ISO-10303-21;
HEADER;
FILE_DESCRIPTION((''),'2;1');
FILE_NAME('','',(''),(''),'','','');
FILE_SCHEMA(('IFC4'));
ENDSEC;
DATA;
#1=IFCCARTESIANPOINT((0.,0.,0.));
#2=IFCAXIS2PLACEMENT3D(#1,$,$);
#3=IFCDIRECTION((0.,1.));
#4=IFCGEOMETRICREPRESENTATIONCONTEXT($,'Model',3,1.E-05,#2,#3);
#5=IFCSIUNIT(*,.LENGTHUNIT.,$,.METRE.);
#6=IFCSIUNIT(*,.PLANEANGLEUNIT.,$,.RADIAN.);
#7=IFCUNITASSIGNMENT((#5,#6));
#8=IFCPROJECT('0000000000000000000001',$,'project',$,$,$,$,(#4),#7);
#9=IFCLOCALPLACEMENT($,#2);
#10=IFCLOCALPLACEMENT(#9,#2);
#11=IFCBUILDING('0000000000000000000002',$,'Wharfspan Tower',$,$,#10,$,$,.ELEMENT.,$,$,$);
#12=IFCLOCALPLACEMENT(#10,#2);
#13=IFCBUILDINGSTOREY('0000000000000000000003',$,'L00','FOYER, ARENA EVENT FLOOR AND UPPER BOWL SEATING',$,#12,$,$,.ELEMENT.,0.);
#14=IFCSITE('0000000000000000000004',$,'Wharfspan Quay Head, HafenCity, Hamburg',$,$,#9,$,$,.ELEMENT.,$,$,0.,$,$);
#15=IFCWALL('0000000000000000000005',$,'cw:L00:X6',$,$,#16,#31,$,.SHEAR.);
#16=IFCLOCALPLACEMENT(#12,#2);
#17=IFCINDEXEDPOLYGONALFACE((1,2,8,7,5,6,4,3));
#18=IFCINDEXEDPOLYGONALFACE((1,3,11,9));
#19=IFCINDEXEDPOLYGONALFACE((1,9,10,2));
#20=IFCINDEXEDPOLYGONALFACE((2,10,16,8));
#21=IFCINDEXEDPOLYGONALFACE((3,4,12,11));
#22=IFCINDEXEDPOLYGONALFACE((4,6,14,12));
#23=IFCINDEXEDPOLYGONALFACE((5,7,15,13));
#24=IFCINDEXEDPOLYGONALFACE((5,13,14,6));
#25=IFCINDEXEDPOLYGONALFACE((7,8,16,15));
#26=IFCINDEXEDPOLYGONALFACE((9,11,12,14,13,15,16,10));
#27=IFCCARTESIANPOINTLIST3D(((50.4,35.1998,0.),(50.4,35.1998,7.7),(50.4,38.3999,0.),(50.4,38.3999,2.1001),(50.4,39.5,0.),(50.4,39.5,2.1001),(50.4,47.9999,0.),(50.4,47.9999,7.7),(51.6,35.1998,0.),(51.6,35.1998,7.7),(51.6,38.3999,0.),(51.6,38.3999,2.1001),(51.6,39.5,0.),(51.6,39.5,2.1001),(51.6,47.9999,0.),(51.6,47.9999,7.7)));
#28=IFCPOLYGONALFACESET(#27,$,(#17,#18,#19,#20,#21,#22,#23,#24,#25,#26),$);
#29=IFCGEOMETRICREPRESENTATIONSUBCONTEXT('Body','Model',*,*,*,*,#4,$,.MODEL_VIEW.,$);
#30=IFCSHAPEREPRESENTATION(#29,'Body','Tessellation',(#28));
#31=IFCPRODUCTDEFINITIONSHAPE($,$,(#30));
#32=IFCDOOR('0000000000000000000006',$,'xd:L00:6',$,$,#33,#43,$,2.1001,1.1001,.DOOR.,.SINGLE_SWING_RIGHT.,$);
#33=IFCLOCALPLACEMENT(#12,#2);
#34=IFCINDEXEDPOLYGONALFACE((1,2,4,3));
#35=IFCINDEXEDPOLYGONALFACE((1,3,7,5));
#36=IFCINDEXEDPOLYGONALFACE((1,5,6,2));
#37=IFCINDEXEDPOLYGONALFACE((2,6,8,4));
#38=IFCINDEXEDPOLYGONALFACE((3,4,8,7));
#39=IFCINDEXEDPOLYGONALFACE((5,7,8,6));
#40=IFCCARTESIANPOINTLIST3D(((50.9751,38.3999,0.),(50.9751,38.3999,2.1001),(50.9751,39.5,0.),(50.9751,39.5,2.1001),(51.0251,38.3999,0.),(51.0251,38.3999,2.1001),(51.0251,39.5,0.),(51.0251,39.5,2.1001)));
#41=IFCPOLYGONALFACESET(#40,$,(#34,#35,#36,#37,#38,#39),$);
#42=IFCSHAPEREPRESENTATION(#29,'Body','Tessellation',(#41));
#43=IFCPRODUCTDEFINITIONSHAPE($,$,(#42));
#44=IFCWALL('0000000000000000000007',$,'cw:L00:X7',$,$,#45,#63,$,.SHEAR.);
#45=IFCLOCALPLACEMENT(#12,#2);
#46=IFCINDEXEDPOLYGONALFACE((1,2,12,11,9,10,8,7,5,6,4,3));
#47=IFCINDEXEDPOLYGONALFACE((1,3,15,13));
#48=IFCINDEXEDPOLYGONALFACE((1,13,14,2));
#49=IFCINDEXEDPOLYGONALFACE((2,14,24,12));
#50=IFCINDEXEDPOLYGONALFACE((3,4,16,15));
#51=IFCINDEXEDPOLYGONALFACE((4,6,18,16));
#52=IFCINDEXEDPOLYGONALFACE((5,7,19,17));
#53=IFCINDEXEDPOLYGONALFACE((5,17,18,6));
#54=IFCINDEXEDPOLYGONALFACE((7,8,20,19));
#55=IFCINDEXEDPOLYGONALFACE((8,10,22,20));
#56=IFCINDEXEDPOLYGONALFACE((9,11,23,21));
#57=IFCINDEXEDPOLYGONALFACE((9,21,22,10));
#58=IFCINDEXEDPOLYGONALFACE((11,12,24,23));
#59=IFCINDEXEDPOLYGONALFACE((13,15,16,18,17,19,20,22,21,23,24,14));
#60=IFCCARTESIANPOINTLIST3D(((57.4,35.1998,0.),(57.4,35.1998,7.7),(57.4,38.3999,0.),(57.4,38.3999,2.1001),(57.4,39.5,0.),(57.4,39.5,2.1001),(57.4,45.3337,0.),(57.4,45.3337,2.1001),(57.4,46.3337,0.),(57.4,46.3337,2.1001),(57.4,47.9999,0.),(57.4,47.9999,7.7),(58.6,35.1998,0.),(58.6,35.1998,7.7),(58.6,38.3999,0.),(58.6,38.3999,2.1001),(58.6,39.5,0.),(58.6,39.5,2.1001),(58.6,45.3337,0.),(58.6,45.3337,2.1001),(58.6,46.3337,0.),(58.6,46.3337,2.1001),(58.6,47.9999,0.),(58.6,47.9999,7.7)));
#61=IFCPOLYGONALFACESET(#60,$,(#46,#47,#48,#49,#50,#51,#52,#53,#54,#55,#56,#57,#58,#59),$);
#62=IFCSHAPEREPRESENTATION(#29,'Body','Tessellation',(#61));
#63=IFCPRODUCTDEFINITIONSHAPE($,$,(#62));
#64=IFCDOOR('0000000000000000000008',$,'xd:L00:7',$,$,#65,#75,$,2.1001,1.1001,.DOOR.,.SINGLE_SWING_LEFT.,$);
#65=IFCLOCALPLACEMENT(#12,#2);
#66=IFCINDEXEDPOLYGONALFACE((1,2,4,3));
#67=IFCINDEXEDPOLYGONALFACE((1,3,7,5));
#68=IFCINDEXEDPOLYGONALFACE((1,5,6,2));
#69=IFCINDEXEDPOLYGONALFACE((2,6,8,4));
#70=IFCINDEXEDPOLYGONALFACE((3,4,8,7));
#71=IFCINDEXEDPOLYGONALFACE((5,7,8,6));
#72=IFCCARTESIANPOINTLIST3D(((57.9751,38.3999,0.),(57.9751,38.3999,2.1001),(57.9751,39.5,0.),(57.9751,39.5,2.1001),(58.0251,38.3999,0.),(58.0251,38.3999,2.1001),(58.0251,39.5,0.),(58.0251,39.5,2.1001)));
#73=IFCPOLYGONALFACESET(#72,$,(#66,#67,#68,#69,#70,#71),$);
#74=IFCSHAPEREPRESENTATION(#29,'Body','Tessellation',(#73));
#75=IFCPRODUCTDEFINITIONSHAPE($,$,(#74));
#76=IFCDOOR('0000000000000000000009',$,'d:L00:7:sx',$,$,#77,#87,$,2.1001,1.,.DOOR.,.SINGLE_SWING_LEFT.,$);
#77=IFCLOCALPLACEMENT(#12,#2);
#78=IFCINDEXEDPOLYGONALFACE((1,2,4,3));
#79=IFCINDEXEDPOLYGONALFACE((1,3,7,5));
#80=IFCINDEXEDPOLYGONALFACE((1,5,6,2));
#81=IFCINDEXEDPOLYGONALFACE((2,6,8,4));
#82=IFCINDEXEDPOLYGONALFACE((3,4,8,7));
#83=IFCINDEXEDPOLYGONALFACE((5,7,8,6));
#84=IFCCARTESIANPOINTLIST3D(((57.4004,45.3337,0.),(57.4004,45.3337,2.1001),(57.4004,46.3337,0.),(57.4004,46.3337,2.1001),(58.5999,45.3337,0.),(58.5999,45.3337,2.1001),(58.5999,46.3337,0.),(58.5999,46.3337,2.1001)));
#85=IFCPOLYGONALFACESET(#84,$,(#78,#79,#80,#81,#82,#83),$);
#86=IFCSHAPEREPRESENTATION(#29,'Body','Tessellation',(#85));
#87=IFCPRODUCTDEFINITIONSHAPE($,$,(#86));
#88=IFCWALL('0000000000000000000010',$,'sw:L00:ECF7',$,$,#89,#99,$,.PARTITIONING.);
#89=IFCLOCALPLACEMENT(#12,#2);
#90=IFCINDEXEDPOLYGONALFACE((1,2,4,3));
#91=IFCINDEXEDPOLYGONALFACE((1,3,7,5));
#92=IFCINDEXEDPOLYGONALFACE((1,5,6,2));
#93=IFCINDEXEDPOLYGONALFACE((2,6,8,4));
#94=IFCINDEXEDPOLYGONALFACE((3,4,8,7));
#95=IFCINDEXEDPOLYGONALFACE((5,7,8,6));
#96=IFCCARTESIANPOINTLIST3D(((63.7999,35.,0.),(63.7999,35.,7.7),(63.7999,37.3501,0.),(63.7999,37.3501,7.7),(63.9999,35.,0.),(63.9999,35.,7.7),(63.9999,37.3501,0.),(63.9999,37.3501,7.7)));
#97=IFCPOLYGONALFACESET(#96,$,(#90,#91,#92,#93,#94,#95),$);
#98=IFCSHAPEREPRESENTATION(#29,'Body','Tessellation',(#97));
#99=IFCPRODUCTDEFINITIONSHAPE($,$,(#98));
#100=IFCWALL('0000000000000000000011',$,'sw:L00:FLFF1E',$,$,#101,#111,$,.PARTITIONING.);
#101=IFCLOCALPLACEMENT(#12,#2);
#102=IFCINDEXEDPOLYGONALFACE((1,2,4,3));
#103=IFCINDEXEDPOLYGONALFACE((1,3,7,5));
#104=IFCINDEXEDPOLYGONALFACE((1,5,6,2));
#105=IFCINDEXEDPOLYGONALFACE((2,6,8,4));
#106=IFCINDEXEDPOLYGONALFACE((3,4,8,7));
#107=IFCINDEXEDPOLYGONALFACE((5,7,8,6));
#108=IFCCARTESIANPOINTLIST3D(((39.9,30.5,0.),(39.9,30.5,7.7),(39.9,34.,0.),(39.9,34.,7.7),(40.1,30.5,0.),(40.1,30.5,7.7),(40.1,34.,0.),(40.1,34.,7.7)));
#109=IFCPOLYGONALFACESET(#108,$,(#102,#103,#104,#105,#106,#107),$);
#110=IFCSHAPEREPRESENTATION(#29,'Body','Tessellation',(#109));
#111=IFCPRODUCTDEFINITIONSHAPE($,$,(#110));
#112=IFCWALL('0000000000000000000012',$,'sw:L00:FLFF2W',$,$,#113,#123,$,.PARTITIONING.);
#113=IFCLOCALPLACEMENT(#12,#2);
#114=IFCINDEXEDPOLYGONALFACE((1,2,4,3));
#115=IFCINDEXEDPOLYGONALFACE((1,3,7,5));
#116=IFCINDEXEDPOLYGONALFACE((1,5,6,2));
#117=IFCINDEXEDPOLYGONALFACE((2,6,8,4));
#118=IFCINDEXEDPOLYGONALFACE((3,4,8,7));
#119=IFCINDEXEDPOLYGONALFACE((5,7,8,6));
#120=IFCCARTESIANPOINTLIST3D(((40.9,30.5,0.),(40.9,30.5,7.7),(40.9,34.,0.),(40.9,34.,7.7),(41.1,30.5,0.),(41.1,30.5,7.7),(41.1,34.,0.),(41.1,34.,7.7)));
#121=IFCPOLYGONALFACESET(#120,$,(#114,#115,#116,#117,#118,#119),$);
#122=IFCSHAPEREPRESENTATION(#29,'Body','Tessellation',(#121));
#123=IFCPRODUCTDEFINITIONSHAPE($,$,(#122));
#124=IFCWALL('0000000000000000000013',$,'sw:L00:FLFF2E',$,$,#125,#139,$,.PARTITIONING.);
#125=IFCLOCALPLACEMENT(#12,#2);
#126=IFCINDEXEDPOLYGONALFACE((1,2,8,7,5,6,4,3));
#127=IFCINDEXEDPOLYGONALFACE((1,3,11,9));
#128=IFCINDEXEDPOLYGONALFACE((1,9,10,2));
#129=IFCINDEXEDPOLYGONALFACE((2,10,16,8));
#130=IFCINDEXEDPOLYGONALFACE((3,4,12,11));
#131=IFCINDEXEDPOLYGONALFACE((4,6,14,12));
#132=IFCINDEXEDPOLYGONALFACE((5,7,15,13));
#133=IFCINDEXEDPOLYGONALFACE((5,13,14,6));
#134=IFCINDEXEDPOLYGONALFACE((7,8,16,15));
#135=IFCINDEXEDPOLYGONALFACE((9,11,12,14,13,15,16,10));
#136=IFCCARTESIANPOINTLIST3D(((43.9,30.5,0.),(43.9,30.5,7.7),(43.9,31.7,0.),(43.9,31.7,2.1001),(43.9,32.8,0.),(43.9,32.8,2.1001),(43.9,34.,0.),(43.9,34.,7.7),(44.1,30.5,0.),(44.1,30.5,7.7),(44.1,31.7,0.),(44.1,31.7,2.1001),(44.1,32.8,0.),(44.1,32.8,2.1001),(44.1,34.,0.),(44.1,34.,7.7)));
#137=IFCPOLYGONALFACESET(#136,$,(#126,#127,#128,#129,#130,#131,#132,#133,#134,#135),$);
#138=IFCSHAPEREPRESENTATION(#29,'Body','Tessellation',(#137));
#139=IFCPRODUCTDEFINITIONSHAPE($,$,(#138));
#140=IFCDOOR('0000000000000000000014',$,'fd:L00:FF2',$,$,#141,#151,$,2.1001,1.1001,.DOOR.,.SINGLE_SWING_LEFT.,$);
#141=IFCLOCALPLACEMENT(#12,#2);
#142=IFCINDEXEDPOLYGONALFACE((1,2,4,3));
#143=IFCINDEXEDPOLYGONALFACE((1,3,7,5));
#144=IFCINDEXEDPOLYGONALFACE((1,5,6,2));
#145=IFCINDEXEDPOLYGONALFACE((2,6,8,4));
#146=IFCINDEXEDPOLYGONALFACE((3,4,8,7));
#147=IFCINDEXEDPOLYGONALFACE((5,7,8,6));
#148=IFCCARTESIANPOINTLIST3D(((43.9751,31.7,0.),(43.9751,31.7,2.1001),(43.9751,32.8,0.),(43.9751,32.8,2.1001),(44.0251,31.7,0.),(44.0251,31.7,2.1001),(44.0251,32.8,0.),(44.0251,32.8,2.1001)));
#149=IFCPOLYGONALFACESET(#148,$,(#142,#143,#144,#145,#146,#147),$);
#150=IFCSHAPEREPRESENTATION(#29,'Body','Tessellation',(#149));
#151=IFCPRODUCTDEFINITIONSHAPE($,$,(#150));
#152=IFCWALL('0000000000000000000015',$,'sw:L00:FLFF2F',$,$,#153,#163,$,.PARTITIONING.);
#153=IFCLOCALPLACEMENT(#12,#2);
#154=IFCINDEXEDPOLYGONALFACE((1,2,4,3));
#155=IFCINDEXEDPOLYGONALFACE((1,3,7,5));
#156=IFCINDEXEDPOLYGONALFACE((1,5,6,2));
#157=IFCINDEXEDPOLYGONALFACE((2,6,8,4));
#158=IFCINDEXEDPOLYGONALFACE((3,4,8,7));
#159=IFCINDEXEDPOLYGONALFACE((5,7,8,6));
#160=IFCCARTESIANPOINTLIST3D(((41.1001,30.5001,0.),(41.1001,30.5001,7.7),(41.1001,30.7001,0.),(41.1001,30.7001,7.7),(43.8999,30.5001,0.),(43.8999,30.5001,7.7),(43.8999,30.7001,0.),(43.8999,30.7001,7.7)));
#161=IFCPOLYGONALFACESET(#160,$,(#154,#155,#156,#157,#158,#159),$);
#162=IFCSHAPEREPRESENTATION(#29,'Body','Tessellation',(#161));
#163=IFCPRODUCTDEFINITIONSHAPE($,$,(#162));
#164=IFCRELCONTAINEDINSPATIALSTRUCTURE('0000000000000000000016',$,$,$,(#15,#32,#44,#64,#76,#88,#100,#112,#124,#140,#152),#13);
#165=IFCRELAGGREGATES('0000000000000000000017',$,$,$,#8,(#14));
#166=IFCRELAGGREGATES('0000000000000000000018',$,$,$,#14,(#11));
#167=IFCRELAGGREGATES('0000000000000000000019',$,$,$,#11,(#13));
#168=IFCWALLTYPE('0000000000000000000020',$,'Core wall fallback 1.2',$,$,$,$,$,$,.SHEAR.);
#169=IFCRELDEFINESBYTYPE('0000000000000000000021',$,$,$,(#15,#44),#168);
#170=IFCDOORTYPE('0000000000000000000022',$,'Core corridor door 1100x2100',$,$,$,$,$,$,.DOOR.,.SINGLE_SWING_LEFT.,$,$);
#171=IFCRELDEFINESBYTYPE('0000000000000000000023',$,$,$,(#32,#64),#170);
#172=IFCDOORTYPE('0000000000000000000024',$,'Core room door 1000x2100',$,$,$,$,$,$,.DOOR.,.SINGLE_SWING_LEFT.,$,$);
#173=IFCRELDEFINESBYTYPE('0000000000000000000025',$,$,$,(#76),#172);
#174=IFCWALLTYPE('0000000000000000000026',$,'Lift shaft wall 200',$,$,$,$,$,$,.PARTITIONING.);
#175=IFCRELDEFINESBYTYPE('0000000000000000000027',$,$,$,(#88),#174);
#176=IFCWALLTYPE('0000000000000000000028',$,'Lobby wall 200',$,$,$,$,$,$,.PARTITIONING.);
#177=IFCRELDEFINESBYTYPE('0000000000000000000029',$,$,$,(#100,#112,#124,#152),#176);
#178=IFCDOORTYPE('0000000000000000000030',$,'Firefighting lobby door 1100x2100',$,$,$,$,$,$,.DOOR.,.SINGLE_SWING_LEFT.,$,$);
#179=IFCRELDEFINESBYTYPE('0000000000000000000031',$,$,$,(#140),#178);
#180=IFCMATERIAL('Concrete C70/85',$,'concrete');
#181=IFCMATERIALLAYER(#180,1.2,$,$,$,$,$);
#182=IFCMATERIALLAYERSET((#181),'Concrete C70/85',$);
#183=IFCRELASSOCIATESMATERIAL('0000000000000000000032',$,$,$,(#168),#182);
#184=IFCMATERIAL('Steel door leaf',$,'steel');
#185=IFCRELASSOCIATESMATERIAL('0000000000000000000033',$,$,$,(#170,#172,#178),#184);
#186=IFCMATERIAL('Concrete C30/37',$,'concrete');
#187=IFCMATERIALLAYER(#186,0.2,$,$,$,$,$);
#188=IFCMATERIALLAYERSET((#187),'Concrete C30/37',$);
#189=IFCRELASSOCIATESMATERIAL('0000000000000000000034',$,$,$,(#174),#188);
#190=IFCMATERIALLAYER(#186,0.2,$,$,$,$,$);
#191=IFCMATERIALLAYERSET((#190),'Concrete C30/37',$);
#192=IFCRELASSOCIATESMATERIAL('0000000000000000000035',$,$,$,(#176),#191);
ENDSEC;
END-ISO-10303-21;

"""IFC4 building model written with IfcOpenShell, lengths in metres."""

from ifc_helpers import new_model, si_unit, direction, frame, frame_2d, origin, place, context, subcontext, project, spatial, rectangle, extrude, material, layer, layer_set, type_object, element, fill, save


model = new_model("IFC4")

# Units and contexts
model_context = context("Model", 3, precision=1e-05, world=origin(), true_north=direction((0.0, 1.0)))
body_context = subcontext(model_context, "Body", "Model", "MODEL_VIEW")
ifc_project = project(units=[si_unit("LENGTHUNIT", "METRE"), si_unit("PLANEANGLEUNIT", "RADIAN")], contexts=[model_context])

# Site, building, storey
site_placement = place(None, origin())
site = spatial("IfcSite", under=ifc_project, at=site_placement, Name="Wharfspan Quay Head, HafenCity, Hamburg", CompositionType="ELEMENT", RefElevation=0.0)
building_placement = place(site_placement, origin())
building = spatial("IfcBuilding", under=site, at=building_placement, Name="Wharfspan Tower", CompositionType="ELEMENT")
storey_placement = place(building_placement, origin())
storey = spatial("IfcBuildingStorey", under=building, at=storey_placement, Name="L00", Description="FOYER, ARENA EVENT FLOOR AND UPPER BOWL SEATING", CompositionType="ELEMENT", Elevation=0.0)

# Shared definitions
ifc_material_1 = material(Name="Concrete C70/85", Category="concrete")
ifc_layer_1 = layer(ifc_material_1, 1.2)
ifc_layer_set_1 = layer_set([ifc_layer_1], Name="Concrete C70/85")
wall_type_1 = type_object("IfcWallType", Name="Core wall fallback 1.2", PredefinedType="SHEAR", material=ifc_layer_set_1)
ifc_material_2 = material(Name="Steel door leaf", Category="steel")
door_type_1 = type_object("IfcDoorType", Name="Core corridor door 1100x2100", OperationType="SINGLE_SWING_LEFT", PredefinedType="DOOR", material=ifc_material_2)
door_type_2 = type_object("IfcDoorType", Name="Core room door 1000x2100", OperationType="SINGLE_SWING_LEFT", PredefinedType="DOOR", material=ifc_material_2)

# Wall, opening, door
wall_1_placement = place(storey_placement, frame((51.0, 35.2, 0.0), z_axis=(0.0, 0.0, 1.0), x_axis=(0.0, 1.0, 0.0)))
wall_1 = element("IfcWall", 1, at=wall_1_placement, inside=storey, type_object=wall_type_1, Name="cw:L00:X6", PredefinedType="SHEAR", context=body_context, shape_type="SweptSolid", body=[
    extrude(rectangle(XDim=12.8, YDim=1.2, at=frame_2d((6.3999, 0.0))), origin(), (0.0, 0.0, 1.0), 7.7),
])
opening_1_placement = place(wall_1_placement, frame((3.2, 0.0, 0.0)))
opening_1 = element("IfcOpeningElement", 2, at=opening_1_placement, cuts=wall_1, PredefinedType="OPENING", context=body_context, shape_type="SweptSolid", body=[
    extrude(rectangle(XDim=1.1001, YDim=2.1001, at=frame_2d((0.55, 1.05))), frame((0.0, 0.6099, 0.0), z_axis=(0.0, -1.0, 0.0), x_axis=(1.0, 0.0, 0.0)), (0.0, 0.0, 1.0), 1.22),
])
door_1_placement = place(opening_1_placement, origin())
door_1 = element("IfcDoor", 3, at=door_1_placement, inside=storey, type_object=door_type_1, Name="xd:L00:6", OperationType="SINGLE_SWING_RIGHT", OverallHeight=2.1001, OverallWidth=1.1001, PredefinedType="DOOR", context=body_context, shape_type="SweptSolid", body=[
    extrude(rectangle(XDim=1.1001, YDim=2.1001, at=frame_2d((0.55, 1.05))), frame((0.0, 0.0249, 0.0), z_axis=(0.0, -1.0, 0.0), x_axis=(1.0, 0.0, 0.0)), (0.0, 0.0, 1.0), 0.05),
])
fill(opening_1, door_1)

# Wall, openings, doors
wall_2_placement = place(storey_placement, frame((58.0, 35.2, 0.0), z_axis=(0.0, 0.0, 1.0), x_axis=(0.0, 1.0, 0.0)))
wall_2 = element("IfcWall", 4, at=wall_2_placement, inside=storey, type_object=wall_type_1, Name="cw:L00:X7", PredefinedType="SHEAR", context=body_context, shape_type="SweptSolid", body=[
    extrude(rectangle(XDim=12.8, YDim=1.2, at=frame_2d((6.3999, 0.0))), origin(), (0.0, 0.0, 1.0), 7.7),
])
opening_2_placement = place(wall_2_placement, frame((10.1338, 0.0, 0.0)))
opening_2 = element("IfcOpeningElement", 5, at=opening_2_placement, cuts=wall_2, PredefinedType="OPENING", context=body_context, shape_type="SweptSolid", body=[
    extrude(rectangle(XDim=1.0, YDim=2.1001, at=frame_2d((0.5, 1.05))), frame((0.0, 0.6099, 0.0), z_axis=(0.0, -1.0, 0.0), x_axis=(1.0, 0.0, 0.0)), (0.0, 0.0, 1.0), 1.22),
])
opening_3_placement = place(wall_2_placement, frame((3.2, 0.0, 0.0)))
opening_3 = element("IfcOpeningElement", 6, at=opening_3_placement, cuts=wall_2, PredefinedType="OPENING", context=body_context, shape_type="SweptSolid", body=[
    extrude(rectangle(XDim=1.1001, YDim=2.1001, at=frame_2d((0.55, 1.05))), frame((0.0, 0.6099, 0.0), z_axis=(0.0, -1.0, 0.0), x_axis=(1.0, 0.0, 0.0)), (0.0, 0.0, 1.0), 1.22),
])
door_2_placement = place(opening_3_placement, origin())
door_2 = element("IfcDoor", 7, at=door_2_placement, inside=storey, type_object=door_type_1, Name="xd:L00:7", OperationType="SINGLE_SWING_LEFT", OverallHeight=2.1001, OverallWidth=1.1001, PredefinedType="DOOR", context=body_context, shape_type="SweptSolid", body=[
    extrude(rectangle(XDim=1.1001, YDim=2.1001, at=frame_2d((0.55, 1.05))), frame((0.0, 0.0249, 0.0), z_axis=(0.0, -1.0, 0.0), x_axis=(1.0, 0.0, 0.0)), (0.0, 0.0, 1.0), 0.05),
])
fill(opening_3, door_2)
door_3_placement = place(opening_2_placement, origin())
door_3 = element("IfcDoor", 8, at=door_3_placement, inside=storey, type_object=door_type_2, Name="d:L00:7:sx", OperationType="SINGLE_SWING_LEFT", OverallHeight=2.1001, OverallWidth=1.0, PredefinedType="DOOR", context=body_context, shape_type="SweptSolid", body=[
    extrude(rectangle(XDim=1.0, YDim=2.1001, at=frame_2d((0.5, 1.05))), frame((0.0, 0.5996, 0.0), z_axis=(0.0, -1.0, 0.0), x_axis=(1.0, 0.0, 0.0)), (0.0, 0.0, 1.0), 1.1995),
])
fill(opening_2, door_3)

# Walls
ifc_material_3 = material(Name="Concrete C30/37", Category="concrete")
ifc_layer_2 = layer(ifc_material_3, 0.2)
ifc_layer_set_2 = layer_set([ifc_layer_2], Name="Concrete C30/37")
wall_type_2 = type_object("IfcWallType", Name="Lift shaft wall 200", PredefinedType="PARTITIONING", material=ifc_layer_set_2)
wall_3_placement = place(storey_placement, frame((63.8999, 35.0, 0.0), z_axis=(0.0, 0.0, 1.0), x_axis=(0.0, 1.0, 0.0)))
element("IfcWall", 9, at=wall_3_placement, inside=storey, type_object=wall_type_2, Name="sw:L00:ECF7", PredefinedType="PARTITIONING", context=body_context, shape_type="SweptSolid", body=[
    extrude(rectangle(XDim=2.3501, YDim=0.2, at=frame_2d((1.175, 0.0))), origin(), (0.0, 0.0, 1.0), 7.7),
])
ifc_layer_3 = layer(ifc_material_3, 0.2)
ifc_layer_set_3 = layer_set([ifc_layer_3], Name="Concrete C30/37")
wall_type_3 = type_object("IfcWallType", Name="Lobby wall 200", PredefinedType="PARTITIONING", material=ifc_layer_set_3)
for number, where, z_axis, x_axis, name in (
    (10, (40.0, 30.5, 0.0), (0.0, 0.0, 1.0), (0.0, 1.0, 0.0), "sw:L00:FLFF1E"),
    (11, (41.0, 30.5, 0.0), (0.0, 0.0, 1.0), (0.0, 1.0, 0.0), "sw:L00:FLFF2W"),
):
    element("IfcWall", number, at=place(storey_placement, frame(where, z_axis=z_axis, x_axis=x_axis)), inside=storey, type_object=wall_type_3, Name=name, PredefinedType="PARTITIONING", context=body_context, shape_type="SweptSolid", body=[
        extrude(rectangle(XDim=3.5, YDim=0.2, at=frame_2d((1.75, 0.0))), origin(), (0.0, 0.0, 1.0), 7.7),
    ])

# Wall, opening, door
wall_4_placement = place(storey_placement, frame((44.0, 30.5, 0.0), z_axis=(0.0, 0.0, 1.0), x_axis=(0.0, 1.0, 0.0)))
wall_4 = element("IfcWall", 12, at=wall_4_placement, inside=storey, type_object=wall_type_3, Name="sw:L00:FLFF2E", PredefinedType="PARTITIONING", context=body_context, shape_type="SweptSolid", body=[
    extrude(rectangle(XDim=3.5, YDim=0.2, at=frame_2d((1.75, 0.0))), origin(), (0.0, 0.0, 1.0), 7.7),
])
opening_4_placement = place(wall_4_placement, frame((1.2, 0.0, 0.0)))
opening_4 = element("IfcOpeningElement", 13, at=opening_4_placement, cuts=wall_4, PredefinedType="OPENING", context=body_context, shape_type="SweptSolid", body=[
    extrude(rectangle(XDim=1.1001, YDim=2.1001, at=frame_2d((0.55, 1.05))), frame((0.0, 0.1099, 0.0), z_axis=(0.0, -1.0, 0.0), x_axis=(1.0, 0.0, 0.0)), (0.0, 0.0, 1.0), 0.22),
])
door_type_3 = type_object("IfcDoorType", Name="Firefighting lobby door 1100x2100", OperationType="SINGLE_SWING_LEFT", PredefinedType="DOOR", material=ifc_material_2)
door_4_placement = place(opening_4_placement, origin())
door_4 = element("IfcDoor", 14, at=door_4_placement, inside=storey, type_object=door_type_3, Name="fd:L00:FF2", OperationType="SINGLE_SWING_LEFT", OverallHeight=2.1001, OverallWidth=1.1001, PredefinedType="DOOR", context=body_context, shape_type="SweptSolid", body=[
    extrude(rectangle(XDim=1.1001, YDim=2.1001, at=frame_2d((0.55, 1.05))), frame((0.0, 0.0249, 0.0), z_axis=(0.0, -1.0, 0.0), x_axis=(1.0, 0.0, 0.0)), (0.0, 0.0, 1.0), 0.05),
])
fill(opening_4, door_4)

# Wall
wall_5_placement = place(storey_placement, frame((41.1001, 30.6001, 0.0), z_axis=(0.0, 0.0, 1.0), x_axis=(1.0, 0.0, 0.0)))
element("IfcWall", 15, at=wall_5_placement, inside=storey, type_object=wall_type_3, Name="sw:L00:FLFF2F", PredefinedType="PARTITIONING", context=body_context, shape_type="SweptSolid", body=[
    extrude(rectangle(XDim=2.7998, YDim=0.2, at=frame_2d((1.3999, 0.0))), origin(), (0.0, 0.0, 1.0), 7.7),
])

save(model, "model.ifc")
